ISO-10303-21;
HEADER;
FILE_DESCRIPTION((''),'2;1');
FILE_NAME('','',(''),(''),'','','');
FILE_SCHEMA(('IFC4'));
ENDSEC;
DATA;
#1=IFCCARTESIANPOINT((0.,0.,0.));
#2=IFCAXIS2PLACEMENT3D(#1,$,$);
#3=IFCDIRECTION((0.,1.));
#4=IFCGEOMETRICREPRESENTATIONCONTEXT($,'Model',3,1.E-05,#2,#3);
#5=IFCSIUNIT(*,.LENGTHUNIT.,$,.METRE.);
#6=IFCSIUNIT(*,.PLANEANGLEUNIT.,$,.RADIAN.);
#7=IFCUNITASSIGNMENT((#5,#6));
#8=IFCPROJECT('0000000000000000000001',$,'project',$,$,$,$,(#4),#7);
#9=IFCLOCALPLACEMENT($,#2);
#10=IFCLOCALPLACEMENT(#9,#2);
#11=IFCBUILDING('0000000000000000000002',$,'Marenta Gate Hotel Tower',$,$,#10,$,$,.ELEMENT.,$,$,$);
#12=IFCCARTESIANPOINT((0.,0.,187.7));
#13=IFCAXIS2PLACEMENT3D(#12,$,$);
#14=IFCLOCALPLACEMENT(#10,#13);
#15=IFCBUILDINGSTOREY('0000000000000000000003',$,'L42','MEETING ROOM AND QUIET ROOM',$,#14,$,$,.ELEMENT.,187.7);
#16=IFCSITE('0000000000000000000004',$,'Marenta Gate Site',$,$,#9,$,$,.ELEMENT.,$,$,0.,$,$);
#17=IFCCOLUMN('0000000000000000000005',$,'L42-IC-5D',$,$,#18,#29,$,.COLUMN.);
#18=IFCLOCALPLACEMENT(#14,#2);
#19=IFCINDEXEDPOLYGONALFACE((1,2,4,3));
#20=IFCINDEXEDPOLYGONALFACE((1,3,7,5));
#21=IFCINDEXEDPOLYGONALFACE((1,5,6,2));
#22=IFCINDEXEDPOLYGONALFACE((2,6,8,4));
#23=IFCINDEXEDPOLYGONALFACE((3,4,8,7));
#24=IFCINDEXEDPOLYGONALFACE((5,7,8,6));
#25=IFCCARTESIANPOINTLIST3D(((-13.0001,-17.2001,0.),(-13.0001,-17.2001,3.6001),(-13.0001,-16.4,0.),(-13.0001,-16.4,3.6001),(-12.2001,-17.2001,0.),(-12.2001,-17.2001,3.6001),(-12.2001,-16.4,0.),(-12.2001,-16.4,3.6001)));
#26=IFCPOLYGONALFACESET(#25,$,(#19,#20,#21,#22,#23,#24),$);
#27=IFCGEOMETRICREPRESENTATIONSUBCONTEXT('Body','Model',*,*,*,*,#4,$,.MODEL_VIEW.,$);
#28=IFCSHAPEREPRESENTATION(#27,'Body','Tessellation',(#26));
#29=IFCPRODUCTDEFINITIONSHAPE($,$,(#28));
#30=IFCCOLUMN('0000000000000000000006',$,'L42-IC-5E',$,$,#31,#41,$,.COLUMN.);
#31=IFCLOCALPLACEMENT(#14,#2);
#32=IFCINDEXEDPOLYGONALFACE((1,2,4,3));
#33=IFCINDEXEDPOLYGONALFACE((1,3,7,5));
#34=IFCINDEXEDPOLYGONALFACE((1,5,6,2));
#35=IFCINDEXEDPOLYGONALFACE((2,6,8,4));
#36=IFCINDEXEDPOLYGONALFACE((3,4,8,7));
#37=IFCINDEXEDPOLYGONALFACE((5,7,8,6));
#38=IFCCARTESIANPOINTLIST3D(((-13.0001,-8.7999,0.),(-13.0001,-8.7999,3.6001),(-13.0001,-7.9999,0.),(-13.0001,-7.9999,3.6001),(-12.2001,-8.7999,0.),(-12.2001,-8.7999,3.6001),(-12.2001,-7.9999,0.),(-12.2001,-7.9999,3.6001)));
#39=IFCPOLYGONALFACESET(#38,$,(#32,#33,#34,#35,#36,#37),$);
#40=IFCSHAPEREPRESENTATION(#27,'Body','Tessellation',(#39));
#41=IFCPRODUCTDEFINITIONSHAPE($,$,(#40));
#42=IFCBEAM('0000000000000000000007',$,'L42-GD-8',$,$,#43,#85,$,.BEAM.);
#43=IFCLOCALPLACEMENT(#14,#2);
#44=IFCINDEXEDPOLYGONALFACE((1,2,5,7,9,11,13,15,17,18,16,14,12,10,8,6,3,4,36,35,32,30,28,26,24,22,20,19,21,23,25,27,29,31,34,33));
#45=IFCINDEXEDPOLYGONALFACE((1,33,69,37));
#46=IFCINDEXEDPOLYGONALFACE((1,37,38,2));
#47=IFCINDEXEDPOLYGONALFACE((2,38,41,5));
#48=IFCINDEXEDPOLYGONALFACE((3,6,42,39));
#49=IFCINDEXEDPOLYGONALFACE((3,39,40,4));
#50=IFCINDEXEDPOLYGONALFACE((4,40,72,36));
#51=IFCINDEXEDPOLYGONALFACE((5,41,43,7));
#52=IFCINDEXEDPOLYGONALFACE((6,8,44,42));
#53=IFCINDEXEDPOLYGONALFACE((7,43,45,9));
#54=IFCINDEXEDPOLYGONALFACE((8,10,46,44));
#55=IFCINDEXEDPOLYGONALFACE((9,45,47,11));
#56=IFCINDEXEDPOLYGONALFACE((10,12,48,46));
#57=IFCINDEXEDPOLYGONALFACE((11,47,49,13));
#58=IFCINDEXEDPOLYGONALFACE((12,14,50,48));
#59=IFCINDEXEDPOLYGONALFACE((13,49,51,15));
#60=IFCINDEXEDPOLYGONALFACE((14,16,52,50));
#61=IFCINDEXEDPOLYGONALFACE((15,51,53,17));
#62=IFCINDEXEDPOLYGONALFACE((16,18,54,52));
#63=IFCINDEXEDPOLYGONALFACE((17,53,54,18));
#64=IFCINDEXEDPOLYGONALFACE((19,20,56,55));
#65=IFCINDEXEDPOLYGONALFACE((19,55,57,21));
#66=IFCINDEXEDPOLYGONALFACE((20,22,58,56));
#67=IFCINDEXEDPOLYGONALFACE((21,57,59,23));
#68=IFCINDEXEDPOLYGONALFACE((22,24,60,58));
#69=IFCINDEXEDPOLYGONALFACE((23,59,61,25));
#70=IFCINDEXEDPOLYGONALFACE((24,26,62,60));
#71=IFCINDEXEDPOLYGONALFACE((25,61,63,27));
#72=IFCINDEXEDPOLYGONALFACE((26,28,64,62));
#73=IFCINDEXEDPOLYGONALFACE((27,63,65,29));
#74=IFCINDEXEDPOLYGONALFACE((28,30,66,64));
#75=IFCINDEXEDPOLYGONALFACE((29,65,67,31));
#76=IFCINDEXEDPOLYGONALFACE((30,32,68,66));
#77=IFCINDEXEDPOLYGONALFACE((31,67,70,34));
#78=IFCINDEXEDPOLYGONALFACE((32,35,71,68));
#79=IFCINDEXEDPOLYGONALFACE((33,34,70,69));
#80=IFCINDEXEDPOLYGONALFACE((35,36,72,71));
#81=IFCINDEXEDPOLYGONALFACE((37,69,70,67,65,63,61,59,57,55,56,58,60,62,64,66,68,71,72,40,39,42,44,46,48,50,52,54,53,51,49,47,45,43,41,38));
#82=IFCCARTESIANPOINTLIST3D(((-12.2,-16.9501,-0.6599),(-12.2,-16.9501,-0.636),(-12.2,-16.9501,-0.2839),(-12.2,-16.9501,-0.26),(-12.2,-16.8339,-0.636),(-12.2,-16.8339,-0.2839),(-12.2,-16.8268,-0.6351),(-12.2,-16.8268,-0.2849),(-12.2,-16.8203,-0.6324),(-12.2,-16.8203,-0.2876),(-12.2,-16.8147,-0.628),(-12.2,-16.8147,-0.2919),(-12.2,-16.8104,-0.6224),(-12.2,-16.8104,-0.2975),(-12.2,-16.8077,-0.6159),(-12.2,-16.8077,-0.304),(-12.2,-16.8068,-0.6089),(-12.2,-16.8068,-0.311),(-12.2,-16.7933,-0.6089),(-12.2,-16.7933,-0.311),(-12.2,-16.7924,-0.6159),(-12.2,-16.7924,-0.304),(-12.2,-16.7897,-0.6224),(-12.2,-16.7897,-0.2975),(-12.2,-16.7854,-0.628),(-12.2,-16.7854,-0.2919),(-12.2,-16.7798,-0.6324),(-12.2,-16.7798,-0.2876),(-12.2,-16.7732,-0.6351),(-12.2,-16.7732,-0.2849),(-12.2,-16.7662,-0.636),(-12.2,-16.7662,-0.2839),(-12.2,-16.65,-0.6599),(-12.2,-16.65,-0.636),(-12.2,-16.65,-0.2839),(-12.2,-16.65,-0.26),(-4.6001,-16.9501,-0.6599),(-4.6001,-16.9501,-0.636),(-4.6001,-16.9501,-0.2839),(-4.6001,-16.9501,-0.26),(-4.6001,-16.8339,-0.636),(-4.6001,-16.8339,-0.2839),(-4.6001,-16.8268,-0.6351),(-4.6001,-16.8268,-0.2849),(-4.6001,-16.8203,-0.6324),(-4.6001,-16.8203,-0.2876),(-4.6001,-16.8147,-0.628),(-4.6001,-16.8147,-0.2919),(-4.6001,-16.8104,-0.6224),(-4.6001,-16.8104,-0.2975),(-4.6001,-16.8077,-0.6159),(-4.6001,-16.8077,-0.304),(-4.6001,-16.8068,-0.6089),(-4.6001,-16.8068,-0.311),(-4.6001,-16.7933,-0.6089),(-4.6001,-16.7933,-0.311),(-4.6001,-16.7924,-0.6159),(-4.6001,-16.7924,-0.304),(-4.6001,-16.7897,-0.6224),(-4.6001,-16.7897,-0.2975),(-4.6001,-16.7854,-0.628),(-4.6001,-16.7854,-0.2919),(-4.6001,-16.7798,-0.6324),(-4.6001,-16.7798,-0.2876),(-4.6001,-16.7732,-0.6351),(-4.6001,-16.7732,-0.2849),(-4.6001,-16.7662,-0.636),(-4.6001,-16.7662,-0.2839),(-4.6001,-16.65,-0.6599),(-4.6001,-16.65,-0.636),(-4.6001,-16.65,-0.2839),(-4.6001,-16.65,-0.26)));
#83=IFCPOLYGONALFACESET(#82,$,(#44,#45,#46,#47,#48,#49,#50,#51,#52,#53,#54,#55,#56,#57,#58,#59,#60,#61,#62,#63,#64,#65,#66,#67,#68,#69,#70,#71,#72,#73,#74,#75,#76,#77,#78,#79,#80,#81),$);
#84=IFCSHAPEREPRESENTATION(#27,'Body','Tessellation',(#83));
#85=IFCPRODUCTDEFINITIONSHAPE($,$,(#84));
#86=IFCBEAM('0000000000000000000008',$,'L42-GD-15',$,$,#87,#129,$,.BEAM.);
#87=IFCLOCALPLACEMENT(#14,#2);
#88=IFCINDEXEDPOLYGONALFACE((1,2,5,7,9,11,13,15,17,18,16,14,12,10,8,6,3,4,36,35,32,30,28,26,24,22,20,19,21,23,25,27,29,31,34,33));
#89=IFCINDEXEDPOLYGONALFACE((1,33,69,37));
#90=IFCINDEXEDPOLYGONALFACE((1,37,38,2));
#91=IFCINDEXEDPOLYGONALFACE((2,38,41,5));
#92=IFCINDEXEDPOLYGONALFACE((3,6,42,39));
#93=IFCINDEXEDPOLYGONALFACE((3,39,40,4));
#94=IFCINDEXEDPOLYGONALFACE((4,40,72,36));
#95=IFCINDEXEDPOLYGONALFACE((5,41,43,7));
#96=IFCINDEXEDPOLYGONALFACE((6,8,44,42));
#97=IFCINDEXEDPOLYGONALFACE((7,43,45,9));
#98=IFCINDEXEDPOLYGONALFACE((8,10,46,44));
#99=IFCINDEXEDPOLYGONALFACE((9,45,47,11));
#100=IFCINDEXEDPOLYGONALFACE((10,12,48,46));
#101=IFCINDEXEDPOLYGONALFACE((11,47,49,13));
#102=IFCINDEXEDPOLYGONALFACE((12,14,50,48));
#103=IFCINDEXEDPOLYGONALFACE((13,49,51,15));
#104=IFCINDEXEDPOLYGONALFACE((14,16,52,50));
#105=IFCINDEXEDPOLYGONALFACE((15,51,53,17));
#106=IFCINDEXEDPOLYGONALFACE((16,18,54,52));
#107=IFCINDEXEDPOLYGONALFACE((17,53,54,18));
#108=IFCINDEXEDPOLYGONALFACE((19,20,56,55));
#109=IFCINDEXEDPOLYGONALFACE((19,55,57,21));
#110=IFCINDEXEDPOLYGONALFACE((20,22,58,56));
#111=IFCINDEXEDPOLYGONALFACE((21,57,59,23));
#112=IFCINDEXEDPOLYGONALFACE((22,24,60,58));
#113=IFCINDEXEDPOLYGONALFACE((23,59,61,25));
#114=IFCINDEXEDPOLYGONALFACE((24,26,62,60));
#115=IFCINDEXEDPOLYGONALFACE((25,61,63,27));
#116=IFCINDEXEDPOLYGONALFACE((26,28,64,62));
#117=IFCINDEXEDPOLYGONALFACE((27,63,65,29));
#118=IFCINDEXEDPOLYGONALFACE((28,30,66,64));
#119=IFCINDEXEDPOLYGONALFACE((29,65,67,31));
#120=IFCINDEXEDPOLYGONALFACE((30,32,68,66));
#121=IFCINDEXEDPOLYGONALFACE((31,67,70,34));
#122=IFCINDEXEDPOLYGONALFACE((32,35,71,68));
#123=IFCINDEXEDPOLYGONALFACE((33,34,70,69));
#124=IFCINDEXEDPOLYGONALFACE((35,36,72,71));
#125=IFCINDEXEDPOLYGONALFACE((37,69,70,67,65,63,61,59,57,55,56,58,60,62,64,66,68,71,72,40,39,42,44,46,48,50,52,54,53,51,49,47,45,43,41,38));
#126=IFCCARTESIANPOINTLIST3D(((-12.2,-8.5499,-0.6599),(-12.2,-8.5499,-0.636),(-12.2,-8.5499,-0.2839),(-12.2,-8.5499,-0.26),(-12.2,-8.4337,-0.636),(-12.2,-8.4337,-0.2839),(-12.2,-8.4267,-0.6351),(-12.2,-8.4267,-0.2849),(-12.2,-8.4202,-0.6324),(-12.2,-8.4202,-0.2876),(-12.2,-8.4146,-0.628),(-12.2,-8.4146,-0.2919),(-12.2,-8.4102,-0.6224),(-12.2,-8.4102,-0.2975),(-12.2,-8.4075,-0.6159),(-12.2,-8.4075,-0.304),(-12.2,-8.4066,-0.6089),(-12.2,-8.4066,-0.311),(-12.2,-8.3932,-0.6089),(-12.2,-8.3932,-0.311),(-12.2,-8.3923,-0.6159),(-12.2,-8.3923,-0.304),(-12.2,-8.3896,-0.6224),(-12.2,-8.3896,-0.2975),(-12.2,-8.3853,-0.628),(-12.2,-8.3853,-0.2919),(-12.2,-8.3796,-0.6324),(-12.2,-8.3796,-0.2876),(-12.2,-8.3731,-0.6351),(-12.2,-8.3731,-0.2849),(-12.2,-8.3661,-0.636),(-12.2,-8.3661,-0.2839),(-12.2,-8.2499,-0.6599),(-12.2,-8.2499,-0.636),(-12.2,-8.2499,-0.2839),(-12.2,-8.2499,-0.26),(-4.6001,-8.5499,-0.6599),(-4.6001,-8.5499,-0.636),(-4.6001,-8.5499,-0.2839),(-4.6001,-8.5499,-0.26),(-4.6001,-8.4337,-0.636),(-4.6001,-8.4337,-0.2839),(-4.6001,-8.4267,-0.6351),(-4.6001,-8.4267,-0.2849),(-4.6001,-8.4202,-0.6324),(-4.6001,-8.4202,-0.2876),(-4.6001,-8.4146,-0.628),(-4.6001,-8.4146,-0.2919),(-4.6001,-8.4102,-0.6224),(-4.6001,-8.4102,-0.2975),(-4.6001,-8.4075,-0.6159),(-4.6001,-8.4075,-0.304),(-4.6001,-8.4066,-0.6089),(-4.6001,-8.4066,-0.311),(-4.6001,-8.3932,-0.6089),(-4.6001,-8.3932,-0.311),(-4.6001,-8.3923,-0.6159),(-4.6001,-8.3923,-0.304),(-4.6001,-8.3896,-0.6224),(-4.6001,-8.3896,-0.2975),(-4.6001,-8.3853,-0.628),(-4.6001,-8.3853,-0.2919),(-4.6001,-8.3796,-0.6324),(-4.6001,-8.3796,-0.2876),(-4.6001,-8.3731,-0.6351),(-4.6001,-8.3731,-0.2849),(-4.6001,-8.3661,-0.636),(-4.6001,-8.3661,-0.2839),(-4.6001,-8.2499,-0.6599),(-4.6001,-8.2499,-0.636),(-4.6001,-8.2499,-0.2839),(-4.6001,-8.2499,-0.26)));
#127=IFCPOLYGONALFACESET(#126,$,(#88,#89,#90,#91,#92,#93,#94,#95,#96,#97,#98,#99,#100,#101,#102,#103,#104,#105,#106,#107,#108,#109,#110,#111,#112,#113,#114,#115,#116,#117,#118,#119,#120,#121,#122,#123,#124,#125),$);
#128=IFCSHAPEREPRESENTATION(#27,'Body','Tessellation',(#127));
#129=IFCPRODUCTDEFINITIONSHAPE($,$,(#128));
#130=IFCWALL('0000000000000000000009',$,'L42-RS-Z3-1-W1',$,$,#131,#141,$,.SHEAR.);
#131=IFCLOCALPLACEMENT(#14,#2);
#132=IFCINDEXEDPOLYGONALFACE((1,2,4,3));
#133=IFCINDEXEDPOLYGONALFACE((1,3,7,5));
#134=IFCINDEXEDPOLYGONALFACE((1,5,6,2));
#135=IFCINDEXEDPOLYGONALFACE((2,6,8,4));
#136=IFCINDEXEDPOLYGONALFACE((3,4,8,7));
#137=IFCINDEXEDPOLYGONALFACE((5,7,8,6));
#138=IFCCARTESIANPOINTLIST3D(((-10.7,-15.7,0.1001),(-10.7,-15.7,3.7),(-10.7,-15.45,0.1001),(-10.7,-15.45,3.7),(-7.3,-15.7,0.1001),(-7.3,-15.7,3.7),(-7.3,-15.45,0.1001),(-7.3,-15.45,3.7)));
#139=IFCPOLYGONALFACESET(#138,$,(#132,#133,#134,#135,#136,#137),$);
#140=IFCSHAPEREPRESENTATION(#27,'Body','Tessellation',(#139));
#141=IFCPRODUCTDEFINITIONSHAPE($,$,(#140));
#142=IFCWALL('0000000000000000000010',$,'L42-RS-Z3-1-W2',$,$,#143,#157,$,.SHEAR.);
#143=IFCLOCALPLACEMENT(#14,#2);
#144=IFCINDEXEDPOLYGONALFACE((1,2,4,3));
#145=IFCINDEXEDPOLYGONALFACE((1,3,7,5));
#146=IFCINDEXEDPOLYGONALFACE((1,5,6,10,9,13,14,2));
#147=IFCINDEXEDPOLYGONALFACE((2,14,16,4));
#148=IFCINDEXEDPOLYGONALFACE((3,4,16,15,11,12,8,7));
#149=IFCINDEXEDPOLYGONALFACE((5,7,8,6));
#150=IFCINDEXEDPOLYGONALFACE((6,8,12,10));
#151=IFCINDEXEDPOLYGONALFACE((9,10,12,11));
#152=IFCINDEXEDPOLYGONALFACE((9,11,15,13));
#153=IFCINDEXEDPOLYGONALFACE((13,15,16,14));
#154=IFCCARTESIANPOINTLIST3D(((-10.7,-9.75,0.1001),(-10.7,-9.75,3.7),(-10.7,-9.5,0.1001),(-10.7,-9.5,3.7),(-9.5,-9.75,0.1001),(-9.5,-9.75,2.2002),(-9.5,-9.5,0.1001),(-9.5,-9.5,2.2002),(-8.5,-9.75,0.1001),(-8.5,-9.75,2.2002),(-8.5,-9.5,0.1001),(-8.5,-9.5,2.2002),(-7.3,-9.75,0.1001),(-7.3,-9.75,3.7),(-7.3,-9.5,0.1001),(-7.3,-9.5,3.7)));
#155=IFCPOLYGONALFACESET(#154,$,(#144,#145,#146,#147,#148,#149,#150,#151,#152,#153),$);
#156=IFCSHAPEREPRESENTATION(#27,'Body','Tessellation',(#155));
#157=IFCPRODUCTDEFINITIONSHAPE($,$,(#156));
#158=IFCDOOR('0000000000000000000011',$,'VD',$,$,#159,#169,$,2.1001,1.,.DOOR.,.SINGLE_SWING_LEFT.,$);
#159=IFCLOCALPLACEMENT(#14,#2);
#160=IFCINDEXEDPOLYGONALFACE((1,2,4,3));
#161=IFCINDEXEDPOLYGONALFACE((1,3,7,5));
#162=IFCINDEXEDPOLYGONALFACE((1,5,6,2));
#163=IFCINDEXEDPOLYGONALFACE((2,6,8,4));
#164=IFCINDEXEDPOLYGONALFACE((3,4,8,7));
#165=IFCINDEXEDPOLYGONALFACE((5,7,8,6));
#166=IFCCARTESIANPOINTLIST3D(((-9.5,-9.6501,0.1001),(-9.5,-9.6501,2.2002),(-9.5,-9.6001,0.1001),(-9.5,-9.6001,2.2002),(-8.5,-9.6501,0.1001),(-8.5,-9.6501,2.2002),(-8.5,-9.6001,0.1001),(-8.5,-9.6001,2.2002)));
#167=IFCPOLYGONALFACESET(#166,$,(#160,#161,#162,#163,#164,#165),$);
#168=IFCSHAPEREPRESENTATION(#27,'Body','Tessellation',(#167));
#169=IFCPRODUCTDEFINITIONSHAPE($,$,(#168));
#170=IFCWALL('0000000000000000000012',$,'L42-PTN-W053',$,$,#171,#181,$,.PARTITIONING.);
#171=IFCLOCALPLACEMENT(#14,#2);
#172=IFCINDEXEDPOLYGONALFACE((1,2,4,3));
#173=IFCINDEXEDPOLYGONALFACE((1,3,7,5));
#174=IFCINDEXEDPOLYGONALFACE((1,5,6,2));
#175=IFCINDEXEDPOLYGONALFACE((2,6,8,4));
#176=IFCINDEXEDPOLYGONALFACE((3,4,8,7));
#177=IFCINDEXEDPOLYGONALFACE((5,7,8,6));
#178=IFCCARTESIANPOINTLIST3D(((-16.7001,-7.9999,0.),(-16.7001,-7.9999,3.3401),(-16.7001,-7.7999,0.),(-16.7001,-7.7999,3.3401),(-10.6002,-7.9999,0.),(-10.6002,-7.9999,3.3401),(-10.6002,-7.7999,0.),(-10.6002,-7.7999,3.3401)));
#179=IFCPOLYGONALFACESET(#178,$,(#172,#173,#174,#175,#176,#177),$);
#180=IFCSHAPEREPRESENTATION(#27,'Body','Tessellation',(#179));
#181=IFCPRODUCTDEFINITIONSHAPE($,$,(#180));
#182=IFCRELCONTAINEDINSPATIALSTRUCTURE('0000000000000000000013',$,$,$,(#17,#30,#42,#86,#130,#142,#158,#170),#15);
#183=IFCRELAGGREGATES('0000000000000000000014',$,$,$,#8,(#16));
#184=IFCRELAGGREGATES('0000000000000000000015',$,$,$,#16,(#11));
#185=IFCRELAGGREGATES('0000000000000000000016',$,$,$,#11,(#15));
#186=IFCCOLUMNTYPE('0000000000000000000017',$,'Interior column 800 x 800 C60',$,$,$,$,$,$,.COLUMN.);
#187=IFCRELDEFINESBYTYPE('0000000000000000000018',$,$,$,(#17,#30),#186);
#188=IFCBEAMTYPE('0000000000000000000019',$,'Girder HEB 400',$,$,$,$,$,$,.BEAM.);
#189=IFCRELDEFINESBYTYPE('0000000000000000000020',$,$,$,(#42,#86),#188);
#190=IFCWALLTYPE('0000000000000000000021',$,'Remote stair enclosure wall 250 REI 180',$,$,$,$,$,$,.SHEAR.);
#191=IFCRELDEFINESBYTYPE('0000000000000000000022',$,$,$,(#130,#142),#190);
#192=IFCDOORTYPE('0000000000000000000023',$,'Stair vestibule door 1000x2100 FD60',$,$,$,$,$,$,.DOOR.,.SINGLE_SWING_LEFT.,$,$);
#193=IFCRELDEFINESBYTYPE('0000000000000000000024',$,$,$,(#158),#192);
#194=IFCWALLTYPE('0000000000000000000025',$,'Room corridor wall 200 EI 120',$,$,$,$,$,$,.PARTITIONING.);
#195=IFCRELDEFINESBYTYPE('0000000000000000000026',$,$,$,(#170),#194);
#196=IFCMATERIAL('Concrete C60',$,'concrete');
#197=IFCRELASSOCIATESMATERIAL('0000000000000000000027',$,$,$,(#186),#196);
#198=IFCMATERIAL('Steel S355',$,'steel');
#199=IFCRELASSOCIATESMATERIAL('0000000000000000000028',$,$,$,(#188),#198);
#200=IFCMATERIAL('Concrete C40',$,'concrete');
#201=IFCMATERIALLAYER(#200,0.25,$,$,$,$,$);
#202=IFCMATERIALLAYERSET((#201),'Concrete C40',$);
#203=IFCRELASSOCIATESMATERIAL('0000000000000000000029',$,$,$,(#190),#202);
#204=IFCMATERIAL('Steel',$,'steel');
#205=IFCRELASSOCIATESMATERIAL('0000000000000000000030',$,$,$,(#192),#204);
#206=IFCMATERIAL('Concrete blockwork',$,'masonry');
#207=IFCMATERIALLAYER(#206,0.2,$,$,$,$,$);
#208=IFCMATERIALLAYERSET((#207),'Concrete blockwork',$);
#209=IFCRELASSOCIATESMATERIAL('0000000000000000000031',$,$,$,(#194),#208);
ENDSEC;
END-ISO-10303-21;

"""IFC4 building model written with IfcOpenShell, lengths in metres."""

from ifc_helpers import new_model, si_unit, direction, frame, frame_2d, origin, origin_2d, place, context, subcontext, project, spatial, rectangle, i_section, extrude, material, layer, layer_set, material_profile, profile_set, type_object, element, fill, save


model = new_model("IFC4")

# Units and contexts
model_context = context("Model", 3, precision=1e-05, world=origin(), true_north=direction((0.0, 1.0)))
body_context = subcontext(model_context, "Body", "Model", "MODEL_VIEW")
ifc_project = project(units=[si_unit("LENGTHUNIT", "METRE"), si_unit("PLANEANGLEUNIT", "RADIAN")], contexts=[model_context])

# Site, building, storey
site_placement = place(None, origin())
site = spatial("IfcSite", under=ifc_project, at=site_placement, Name="Marenta Gate Site", CompositionType="ELEMENT", RefElevation=0.0)
building_placement = place(site_placement, origin())
building = spatial("IfcBuilding", under=site, at=building_placement, Name="Marenta Gate Hotel Tower", CompositionType="ELEMENT")
storey_placement = place(building_placement, frame((0.0, 0.0, 187.7)))
storey = spatial("IfcBuildingStorey", under=building, at=storey_placement, Name="L42", Description="MEETING ROOM AND QUIET ROOM", CompositionType="ELEMENT", Elevation=187.7)

# Columns
ifc_material_1 = material(Name="Concrete C60", Category="concrete")
ifc_material_profile_1 = material_profile(ifc_material_1, rectangle(XDim=0.8, YDim=0.8, at=origin_2d()), Name="800 x 800")
ifc_profile_set_1 = profile_set([ifc_material_profile_1], Name="Concrete C60")
column_type = type_object("IfcColumnType", Name="Interior column 800 x 800 C60", PredefinedType="COLUMN", material=ifc_profile_set_1)
for number, where, z_axis, x_axis, name in (
    (1, (-12.6001, -16.8, 0.0), (0.0, 0.0, 1.0), (1.0, 0.0, 0.0), "L42-IC-5D"),
    (2, (-12.6001, -8.3999, 0.0), (0.0, 0.0, 1.0), (1.0, 0.0, 0.0), "L42-IC-5E"),
):
    element("IfcColumn", number, at=place(storey_placement, frame(where, z_axis=z_axis, x_axis=x_axis)), inside=storey, type_object=column_type, Name=name, PredefinedType="COLUMN", context=body_context, shape_type="SweptSolid", body=[
        extrude(rectangle(XDim=0.8, YDim=0.8, at=origin_2d()), origin(), (0.0, 0.0, 1.0), 3.6001),
    ])

# Beams
ifc_material_2 = material(Name="Steel S355", Category="steel")
ifc_material_profile_2 = material_profile(ifc_material_2, i_section(OverallWidth=0.3, OverallDepth=0.3999, WebThickness=0.0134, FlangeThickness=0.0239, FilletRadius=0.0271, at=origin_2d()), Name="HEB 400")
ifc_profile_set_2 = profile_set([ifc_material_profile_2], Name="Steel S355")
beam_type = type_object("IfcBeamType", Name="Girder HEB 400", PredefinedType="BEAM", material=ifc_profile_set_2)
for number, where, z_axis, x_axis, name in (
    (3, (-12.2, -16.8, -0.46), (1.0, 0.0, 0.0), (0.0, 1.0, 0.0), "L42-GD-8"),
    (4, (-12.2, -8.3999, -0.46), (1.0, 0.0, 0.0), (0.0, 1.0, 0.0), "L42-GD-15"),
):
    element("IfcBeam", number, at=place(storey_placement, frame(where, z_axis=z_axis, x_axis=x_axis)), inside=storey, type_object=beam_type, Name=name, PredefinedType="BEAM", context=body_context, shape_type="SweptSolid", body=[
        extrude(i_section(OverallWidth=0.3, OverallDepth=0.3999, WebThickness=0.0134, FlangeThickness=0.0239, FilletRadius=0.0271, at=origin_2d()), origin(), (0.0, 0.0, 1.0), 7.5999),
    ])

# Wall
ifc_material_3 = material(Name="Concrete C40", Category="concrete")
ifc_layer_1 = layer(ifc_material_3, 0.25)
ifc_layer_set_1 = layer_set([ifc_layer_1], Name="Concrete C40")
wall_type_1 = type_object("IfcWallType", Name="Remote stair enclosure wall 250 REI 180", PredefinedType="SHEAR", material=ifc_layer_set_1)
wall_1_placement = place(storey_placement, frame((-10.7, -15.575, 0.1001), z_axis=(0.0, 0.0, 1.0), x_axis=(1.0, 0.0, 0.0)))
element("IfcWall", 5, at=wall_1_placement, inside=storey, type_object=wall_type_1, Name="L42-RS-Z3-1-W1", PredefinedType="SHEAR", context=body_context, shape_type="SweptSolid", body=[
    extrude(rectangle(XDim=3.3999, YDim=0.25, at=frame_2d((1.7, 0.0))), origin(), (0.0, 0.0, 1.0), 3.5999),
])

# Wall, opening, door
wall_2_placement = place(storey_placement, frame((-10.7, -9.625, 0.1001), z_axis=(0.0, 0.0, 1.0), x_axis=(1.0, 0.0, 0.0)))
wall_2 = element("IfcWall", 6, at=wall_2_placement, inside=storey, type_object=wall_type_1, Name="L42-RS-Z3-1-W2", PredefinedType="SHEAR", context=body_context, shape_type="SweptSolid", body=[
    extrude(rectangle(XDim=3.3999, YDim=0.25, at=frame_2d((1.7, 0.0))), origin(), (0.0, 0.0, 1.0), 3.5999),
])
opening_1_placement = place(wall_2_placement, frame((1.2, 0.0, 0.0)))
opening_1 = element("IfcOpeningElement", 7, at=opening_1_placement, cuts=wall_2, PredefinedType="OPENING", context=body_context, shape_type="SweptSolid", body=[
    extrude(rectangle(XDim=1.0, YDim=2.1001, at=frame_2d((0.5, 1.05))), frame((0.0, 0.125, 0.0), z_axis=(0.0, -1.0, 0.0), x_axis=(1.0, 0.0, 0.0)), (0.0, 0.0, 1.0), 0.25),
])
ifc_material_4 = material(Name="Steel", Category="steel")
door_type_1 = type_object("IfcDoorType", Name="Stair vestibule door 1000x2100 FD60", OperationType="SINGLE_SWING_LEFT", PredefinedType="DOOR", material=ifc_material_4)
door_1_placement = place(opening_1_placement, origin())
door_1 = element("IfcDoor", 8, at=door_1_placement, inside=storey, type_object=door_type_1, Name="VD", OperationType="SINGLE_SWING_LEFT", OverallHeight=2.1001, OverallWidth=1.0, PredefinedType="DOOR", context=body_context, shape_type="SweptSolid", body=[
    extrude(rectangle(XDim=1.0, YDim=2.1001, at=frame_2d((0.5, 1.05))), frame((0.0, 0.0249, 0.0), z_axis=(0.0, -1.0, 0.0), x_axis=(1.0, 0.0, 0.0)), (0.0, 0.0, 1.0), 0.05),
])
fill(opening_1, door_1)

# Wall
ifc_material_5 = material(Name="Concrete blockwork", Category="masonry")
ifc_layer_2 = layer(ifc_material_5, 0.2)
ifc_layer_set_2 = layer_set([ifc_layer_2], Name="Concrete blockwork")
wall_type_2 = type_object("IfcWallType", Name="Room corridor wall 200 EI 120", PredefinedType="PARTITIONING", material=ifc_layer_set_2)
wall_3_placement = place(storey_placement, frame((-16.7, -7.8999, 0.0), z_axis=(0.0, 0.0, 1.0), x_axis=(1.0, 0.0, 0.0)))
element("IfcWall", 9, at=wall_3_placement, inside=storey, type_object=wall_type_2, Name="L42-PTN-W053", PredefinedType="PARTITIONING", context=body_context, shape_type="SweptSolid", body=[
    extrude(rectangle(XDim=6.0999, YDim=0.2, at=frame_2d((3.0498, 0.0))), origin(), (0.0, 0.0, 1.0), 3.3401),
])

save(model, "model.ifc")
